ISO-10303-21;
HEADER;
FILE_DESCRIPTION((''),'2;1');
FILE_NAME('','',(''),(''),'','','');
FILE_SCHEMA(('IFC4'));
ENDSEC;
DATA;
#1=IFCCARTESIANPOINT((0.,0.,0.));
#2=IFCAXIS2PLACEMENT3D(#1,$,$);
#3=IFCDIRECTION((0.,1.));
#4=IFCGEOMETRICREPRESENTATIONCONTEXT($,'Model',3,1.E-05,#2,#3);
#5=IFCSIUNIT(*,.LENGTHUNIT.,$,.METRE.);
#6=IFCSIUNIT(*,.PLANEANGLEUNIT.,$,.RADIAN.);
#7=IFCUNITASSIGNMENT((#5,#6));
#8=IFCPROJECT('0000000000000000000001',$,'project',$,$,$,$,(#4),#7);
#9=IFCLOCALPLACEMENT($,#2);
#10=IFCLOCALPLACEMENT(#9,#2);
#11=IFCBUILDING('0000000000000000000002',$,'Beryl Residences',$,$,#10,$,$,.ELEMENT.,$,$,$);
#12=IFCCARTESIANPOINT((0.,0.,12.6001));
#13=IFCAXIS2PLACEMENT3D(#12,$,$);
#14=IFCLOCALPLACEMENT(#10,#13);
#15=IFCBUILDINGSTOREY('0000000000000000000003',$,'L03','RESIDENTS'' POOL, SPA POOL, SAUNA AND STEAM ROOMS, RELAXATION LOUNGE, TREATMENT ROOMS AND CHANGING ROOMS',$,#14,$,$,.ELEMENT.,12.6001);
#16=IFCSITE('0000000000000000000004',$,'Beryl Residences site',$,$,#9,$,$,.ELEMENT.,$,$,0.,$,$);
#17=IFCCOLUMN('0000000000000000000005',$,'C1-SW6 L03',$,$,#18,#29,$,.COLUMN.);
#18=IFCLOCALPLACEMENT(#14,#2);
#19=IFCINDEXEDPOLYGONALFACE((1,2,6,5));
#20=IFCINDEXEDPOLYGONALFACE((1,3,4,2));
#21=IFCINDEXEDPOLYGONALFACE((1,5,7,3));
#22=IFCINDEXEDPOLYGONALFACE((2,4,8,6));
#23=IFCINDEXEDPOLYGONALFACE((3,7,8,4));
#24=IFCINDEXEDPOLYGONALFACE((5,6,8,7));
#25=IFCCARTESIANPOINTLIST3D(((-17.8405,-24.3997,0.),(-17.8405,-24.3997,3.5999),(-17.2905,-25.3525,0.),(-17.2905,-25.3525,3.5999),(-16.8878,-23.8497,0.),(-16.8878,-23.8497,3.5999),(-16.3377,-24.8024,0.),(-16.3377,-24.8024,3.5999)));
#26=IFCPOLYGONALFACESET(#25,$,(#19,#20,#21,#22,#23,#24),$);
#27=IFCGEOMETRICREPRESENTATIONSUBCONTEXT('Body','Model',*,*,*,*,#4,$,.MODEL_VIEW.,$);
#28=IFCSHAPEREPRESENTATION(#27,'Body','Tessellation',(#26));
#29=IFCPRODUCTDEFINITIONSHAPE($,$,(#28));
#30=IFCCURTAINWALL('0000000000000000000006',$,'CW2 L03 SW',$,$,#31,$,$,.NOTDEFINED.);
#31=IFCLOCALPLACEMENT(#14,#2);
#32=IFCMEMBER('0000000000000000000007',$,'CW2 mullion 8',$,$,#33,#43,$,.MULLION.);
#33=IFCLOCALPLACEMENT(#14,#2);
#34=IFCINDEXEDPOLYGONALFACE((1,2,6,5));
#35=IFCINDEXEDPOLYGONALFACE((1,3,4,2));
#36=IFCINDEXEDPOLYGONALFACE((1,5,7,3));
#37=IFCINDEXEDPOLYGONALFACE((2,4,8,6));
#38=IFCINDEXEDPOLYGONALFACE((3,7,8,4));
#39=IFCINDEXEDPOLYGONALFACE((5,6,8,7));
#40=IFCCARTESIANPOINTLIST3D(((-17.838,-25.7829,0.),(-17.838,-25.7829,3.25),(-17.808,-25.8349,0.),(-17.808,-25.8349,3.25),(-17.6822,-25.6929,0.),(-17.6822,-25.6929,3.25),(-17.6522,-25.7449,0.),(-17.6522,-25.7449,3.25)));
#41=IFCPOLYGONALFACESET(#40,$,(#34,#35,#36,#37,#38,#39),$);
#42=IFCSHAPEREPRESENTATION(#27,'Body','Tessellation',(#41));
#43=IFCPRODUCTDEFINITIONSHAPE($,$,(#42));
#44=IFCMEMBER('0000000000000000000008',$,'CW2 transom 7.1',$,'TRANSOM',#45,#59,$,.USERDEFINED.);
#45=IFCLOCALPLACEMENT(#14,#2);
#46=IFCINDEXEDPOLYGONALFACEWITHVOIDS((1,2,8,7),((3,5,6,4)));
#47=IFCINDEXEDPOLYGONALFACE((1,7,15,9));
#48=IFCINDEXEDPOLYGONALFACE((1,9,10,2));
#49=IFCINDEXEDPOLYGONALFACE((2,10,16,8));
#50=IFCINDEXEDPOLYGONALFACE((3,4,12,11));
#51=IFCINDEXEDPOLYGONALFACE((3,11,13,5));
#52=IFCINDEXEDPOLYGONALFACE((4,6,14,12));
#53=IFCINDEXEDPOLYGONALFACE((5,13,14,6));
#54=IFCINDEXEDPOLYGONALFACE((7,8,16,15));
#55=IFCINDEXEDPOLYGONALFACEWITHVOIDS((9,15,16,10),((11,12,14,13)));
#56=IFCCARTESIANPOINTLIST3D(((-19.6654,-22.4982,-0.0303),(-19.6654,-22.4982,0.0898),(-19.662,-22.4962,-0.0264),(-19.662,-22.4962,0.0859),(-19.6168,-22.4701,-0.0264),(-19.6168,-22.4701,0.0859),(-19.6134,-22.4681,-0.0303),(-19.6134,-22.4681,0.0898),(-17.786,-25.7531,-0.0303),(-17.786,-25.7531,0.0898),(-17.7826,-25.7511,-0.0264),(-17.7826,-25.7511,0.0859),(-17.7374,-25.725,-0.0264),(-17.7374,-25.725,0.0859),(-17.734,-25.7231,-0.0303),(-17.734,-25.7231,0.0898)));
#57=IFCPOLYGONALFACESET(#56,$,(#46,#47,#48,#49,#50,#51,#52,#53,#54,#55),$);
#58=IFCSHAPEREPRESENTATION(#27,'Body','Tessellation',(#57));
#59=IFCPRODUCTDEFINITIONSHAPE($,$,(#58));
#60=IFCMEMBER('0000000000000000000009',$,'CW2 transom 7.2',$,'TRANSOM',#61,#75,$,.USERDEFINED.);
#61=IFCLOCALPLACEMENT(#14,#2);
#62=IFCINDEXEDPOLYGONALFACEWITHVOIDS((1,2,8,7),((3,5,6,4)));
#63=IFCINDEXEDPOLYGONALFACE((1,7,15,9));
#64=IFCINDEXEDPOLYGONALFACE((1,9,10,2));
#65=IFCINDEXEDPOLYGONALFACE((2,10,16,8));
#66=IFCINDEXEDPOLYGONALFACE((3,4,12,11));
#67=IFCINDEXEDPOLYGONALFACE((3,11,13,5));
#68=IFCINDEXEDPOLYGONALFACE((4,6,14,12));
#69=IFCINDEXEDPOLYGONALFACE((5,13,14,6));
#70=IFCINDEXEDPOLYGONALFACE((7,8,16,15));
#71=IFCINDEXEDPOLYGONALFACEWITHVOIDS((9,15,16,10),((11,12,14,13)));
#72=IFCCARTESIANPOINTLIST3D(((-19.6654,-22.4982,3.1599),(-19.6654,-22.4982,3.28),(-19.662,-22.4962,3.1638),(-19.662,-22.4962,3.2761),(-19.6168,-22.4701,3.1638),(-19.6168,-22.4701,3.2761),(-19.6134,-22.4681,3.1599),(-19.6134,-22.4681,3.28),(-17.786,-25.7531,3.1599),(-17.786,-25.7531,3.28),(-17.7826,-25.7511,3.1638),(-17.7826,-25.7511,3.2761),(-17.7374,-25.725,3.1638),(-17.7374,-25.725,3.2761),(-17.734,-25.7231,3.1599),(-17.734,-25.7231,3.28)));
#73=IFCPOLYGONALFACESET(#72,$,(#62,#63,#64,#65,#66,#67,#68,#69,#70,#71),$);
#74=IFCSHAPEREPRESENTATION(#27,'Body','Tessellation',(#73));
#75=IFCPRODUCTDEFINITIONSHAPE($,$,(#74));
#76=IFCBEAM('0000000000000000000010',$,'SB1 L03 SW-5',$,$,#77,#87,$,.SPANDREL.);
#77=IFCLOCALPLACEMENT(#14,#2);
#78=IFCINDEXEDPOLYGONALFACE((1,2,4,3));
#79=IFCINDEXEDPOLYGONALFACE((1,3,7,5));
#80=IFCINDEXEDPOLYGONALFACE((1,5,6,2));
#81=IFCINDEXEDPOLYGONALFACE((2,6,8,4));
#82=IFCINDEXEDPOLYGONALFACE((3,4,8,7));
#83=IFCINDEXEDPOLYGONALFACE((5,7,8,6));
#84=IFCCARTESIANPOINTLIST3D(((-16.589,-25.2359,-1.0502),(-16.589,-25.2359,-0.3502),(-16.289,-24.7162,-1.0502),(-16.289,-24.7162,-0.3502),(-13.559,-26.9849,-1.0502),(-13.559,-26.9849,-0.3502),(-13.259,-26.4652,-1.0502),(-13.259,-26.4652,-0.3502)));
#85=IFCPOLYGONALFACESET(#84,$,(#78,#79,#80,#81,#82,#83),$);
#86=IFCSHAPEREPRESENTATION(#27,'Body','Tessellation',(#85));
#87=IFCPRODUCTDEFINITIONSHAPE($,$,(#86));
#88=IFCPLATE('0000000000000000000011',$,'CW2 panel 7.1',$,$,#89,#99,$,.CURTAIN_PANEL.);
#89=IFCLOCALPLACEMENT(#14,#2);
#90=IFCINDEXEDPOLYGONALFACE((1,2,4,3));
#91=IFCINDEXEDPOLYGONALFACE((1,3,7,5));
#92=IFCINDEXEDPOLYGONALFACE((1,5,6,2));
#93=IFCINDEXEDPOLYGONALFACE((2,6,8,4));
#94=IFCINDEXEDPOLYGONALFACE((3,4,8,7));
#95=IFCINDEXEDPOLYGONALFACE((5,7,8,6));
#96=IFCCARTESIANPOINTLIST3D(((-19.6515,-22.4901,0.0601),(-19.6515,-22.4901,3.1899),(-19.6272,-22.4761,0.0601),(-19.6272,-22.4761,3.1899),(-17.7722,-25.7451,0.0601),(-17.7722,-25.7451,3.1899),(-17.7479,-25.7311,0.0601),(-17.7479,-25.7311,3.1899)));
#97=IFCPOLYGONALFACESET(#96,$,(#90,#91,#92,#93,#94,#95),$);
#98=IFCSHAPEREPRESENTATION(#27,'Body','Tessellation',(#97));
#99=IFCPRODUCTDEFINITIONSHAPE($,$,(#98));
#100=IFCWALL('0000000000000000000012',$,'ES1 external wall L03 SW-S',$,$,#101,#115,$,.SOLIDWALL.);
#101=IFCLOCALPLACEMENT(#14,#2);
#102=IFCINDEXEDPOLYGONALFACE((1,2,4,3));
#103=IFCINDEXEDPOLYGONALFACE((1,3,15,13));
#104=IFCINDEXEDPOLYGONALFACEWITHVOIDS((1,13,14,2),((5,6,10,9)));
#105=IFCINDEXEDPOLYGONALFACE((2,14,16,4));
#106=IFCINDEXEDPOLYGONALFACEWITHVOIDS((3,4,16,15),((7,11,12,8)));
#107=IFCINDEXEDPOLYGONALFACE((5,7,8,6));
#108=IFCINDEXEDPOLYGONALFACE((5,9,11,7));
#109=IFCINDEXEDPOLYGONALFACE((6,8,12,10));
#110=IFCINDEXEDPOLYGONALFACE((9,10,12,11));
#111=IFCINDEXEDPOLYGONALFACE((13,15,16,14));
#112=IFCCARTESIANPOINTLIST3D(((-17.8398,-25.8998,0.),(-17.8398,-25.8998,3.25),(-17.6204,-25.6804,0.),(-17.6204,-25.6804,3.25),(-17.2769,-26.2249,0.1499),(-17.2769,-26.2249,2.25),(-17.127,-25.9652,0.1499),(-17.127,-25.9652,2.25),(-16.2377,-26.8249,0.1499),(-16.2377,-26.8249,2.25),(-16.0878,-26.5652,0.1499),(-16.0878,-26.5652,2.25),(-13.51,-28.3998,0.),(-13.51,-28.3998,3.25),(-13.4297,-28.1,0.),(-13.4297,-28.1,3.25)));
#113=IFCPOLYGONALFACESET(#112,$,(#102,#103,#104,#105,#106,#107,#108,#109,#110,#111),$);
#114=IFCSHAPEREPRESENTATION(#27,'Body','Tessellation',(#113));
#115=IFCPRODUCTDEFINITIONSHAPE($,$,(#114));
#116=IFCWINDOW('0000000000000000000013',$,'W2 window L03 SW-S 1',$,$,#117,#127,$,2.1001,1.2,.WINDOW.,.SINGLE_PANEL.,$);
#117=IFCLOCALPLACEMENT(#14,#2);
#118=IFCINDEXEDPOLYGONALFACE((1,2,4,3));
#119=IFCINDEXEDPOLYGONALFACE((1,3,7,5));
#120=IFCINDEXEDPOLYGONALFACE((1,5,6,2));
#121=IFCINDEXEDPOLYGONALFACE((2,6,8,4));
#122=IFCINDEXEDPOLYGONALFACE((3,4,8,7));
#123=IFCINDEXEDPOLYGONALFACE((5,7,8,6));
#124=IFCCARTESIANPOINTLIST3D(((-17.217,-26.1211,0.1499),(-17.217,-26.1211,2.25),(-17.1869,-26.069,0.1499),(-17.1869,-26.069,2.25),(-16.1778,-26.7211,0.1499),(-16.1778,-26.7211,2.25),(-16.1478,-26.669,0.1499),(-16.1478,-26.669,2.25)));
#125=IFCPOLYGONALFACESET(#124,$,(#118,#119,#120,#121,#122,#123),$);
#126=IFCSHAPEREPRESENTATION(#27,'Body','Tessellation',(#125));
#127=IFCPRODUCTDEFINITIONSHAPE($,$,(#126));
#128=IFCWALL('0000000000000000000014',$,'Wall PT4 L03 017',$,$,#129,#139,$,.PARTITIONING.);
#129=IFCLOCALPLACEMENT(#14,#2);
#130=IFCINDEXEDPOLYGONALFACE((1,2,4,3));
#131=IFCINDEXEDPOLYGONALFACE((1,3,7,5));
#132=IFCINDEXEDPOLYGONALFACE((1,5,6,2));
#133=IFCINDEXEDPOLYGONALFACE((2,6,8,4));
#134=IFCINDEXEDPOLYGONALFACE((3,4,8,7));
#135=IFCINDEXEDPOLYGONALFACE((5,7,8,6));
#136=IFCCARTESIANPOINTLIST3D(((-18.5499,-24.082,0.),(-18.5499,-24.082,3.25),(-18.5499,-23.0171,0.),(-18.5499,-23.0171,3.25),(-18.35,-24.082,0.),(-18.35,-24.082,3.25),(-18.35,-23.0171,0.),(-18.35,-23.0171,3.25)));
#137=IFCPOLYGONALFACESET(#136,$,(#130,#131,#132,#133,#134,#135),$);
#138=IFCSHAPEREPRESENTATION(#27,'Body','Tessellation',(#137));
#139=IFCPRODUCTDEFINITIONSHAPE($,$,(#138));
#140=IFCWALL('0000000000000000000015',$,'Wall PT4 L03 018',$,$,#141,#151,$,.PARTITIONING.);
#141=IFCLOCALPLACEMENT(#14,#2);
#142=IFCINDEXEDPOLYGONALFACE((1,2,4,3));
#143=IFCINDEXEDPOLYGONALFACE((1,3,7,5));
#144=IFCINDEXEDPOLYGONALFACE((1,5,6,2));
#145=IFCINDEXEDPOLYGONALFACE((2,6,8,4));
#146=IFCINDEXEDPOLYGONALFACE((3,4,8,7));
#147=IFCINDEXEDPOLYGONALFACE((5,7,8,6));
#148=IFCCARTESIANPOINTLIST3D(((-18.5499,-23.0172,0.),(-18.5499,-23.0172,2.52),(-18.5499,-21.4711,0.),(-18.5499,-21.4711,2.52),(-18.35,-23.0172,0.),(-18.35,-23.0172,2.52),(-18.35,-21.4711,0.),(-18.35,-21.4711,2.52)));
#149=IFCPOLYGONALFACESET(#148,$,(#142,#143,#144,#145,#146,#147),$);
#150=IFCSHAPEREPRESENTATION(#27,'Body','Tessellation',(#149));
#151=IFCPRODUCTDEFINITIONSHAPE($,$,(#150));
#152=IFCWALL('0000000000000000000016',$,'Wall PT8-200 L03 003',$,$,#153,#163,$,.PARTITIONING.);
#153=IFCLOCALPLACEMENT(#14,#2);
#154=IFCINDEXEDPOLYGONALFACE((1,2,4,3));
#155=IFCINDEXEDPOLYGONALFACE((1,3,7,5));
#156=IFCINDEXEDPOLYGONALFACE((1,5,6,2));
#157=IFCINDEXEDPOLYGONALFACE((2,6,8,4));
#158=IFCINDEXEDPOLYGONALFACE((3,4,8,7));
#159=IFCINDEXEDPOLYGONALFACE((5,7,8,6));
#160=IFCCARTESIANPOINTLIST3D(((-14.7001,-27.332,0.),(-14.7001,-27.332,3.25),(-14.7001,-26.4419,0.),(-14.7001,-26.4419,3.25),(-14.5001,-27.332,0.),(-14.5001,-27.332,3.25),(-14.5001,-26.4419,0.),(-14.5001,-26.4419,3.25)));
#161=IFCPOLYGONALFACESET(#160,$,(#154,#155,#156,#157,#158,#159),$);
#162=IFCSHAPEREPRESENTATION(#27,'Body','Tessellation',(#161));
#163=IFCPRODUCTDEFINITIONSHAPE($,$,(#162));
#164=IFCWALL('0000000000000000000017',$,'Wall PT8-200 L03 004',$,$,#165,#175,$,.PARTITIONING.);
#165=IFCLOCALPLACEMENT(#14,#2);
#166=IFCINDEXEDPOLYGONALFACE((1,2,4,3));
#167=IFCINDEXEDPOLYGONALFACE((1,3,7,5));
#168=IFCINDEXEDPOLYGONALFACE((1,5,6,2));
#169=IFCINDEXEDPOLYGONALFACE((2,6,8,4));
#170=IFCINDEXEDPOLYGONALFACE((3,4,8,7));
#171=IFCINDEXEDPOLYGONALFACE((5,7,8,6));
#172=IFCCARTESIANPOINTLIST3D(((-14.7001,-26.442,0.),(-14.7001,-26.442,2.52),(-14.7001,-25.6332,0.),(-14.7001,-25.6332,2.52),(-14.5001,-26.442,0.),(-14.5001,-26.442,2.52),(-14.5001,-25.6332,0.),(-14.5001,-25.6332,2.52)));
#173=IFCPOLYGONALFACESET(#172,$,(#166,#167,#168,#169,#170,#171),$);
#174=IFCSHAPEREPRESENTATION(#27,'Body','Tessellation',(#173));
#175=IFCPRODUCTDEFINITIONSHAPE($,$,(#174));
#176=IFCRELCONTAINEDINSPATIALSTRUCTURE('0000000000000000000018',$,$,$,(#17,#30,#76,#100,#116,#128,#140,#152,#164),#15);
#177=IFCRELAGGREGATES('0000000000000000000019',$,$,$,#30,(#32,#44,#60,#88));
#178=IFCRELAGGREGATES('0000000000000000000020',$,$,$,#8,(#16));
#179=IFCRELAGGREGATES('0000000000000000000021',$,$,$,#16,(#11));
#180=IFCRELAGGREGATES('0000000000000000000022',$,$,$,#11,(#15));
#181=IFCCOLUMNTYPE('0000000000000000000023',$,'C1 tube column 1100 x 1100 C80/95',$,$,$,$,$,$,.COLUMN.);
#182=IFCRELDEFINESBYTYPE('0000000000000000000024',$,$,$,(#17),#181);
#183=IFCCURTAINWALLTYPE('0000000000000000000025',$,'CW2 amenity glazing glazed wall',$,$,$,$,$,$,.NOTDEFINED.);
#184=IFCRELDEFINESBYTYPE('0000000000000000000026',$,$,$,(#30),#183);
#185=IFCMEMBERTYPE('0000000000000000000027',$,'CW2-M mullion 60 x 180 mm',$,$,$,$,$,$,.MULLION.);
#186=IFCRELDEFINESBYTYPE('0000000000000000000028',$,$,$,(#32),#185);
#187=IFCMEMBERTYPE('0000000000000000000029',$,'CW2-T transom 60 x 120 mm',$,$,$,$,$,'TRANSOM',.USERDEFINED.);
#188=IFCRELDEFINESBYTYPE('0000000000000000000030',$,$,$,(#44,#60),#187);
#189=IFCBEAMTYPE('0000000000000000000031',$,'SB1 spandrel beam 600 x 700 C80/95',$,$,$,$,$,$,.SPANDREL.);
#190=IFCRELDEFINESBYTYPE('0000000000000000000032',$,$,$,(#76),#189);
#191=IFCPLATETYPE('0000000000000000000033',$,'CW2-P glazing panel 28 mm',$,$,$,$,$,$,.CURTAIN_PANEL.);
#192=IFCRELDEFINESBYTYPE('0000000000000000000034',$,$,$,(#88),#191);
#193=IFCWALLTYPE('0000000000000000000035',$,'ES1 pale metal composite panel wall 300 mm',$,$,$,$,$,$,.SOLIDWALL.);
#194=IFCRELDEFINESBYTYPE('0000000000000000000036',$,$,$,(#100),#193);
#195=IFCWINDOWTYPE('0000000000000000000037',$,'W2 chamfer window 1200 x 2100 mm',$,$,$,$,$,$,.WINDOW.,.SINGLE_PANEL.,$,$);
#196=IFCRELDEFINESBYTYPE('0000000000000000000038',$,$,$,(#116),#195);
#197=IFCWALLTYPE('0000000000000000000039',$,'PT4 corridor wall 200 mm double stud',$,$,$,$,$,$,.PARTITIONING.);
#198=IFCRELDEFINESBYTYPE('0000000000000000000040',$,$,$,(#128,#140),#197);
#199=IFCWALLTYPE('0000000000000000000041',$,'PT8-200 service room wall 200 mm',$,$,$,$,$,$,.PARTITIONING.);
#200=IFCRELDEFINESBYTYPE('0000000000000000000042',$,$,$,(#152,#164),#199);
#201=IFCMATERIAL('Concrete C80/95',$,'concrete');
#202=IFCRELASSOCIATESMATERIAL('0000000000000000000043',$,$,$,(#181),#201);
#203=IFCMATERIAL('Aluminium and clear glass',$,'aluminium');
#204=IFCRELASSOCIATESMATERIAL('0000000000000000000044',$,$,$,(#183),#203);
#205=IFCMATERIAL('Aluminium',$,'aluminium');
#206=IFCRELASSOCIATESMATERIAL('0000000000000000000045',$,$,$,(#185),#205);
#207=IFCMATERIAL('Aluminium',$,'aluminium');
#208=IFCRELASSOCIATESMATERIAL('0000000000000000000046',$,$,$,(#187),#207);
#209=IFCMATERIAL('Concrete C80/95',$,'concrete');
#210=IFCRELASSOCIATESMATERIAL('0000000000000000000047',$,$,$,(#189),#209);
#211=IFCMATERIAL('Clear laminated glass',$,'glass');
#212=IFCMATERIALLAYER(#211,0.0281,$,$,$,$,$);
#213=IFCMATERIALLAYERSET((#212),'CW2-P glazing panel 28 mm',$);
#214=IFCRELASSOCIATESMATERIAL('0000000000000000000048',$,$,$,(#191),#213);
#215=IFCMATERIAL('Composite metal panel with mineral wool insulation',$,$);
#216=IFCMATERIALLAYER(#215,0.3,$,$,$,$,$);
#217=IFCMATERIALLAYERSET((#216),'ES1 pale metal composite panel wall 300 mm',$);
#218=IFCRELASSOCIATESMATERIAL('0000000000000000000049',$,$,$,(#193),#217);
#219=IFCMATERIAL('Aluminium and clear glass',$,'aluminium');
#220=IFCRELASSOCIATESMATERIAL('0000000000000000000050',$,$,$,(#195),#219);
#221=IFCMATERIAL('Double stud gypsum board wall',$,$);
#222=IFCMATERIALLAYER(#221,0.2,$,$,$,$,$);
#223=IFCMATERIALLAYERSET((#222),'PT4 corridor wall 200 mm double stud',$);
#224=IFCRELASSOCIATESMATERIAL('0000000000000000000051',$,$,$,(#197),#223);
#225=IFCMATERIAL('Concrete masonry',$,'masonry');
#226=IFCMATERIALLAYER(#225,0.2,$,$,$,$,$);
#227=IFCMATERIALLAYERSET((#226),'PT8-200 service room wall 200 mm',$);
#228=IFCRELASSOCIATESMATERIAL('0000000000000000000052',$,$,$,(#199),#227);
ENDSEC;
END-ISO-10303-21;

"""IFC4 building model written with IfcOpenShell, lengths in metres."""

from ifc_helpers import new_model, si_unit, direction, frame, frame_2d, origin, origin_2d, place, context, subcontext, project, spatial, polyline, rectangle, hollow_rectangle, outline, extrude, material, layer, layer_set, material_profile, profile_set, type_object, element, fill, aggregate, save


model = new_model("IFC4")

# Units and contexts
model_context = context("Model", 3, precision=1e-05, world=origin(), true_north=direction((0.0, 1.0)))
body_context = subcontext(model_context, "Body", "Model", "MODEL_VIEW")
ifc_project = project(units=[si_unit("LENGTHUNIT", "METRE"), si_unit("PLANEANGLEUNIT", "RADIAN")], contexts=[model_context])

# Site, building, storey
site_placement = place(None, origin())
site = spatial("IfcSite", under=ifc_project, at=site_placement, Name="Beryl Residences site", CompositionType="ELEMENT", RefElevation=0.0)
building_placement = place(site_placement, origin())
building = spatial("IfcBuilding", under=site, at=building_placement, Name="Beryl Residences", CompositionType="ELEMENT")
storey_placement = place(building_placement, frame((0.0, 0.0, 12.6001)))
storey = spatial("IfcBuildingStorey", under=building, at=storey_placement, Name="L03", Description="RESIDENTS' POOL, SPA POOL, SAUNA AND STEAM ROOMS, RELAXATION LOUNGE, TREATMENT ROOMS AND CHANGING ROOMS", CompositionType="ELEMENT", Elevation=12.6001)

# Column
ifc_material_1 = material(Name="Concrete C80/95", Category="concrete")
ifc_material_profile_1 = material_profile(ifc_material_1, rectangle(XDim=1.1001, YDim=1.1001, at=origin_2d()))
ifc_profile_set_1 = profile_set([ifc_material_profile_1], Name="Concrete C80/95")
column_type = type_object("IfcColumnType", Name="C1 tube column 1100 x 1100 C80/95", PredefinedType="COLUMN", material=ifc_profile_set_1)
column_placement = place(storey_placement, frame((-17.0891, -24.6011, 0.0), z_axis=(0.0, 0.0, 1.0), x_axis=(0.499985, -0.866034, 0.0)))
element("IfcColumn", 1, at=column_placement, inside=storey, type_object=column_type, Name="C1-SW6 L03", PredefinedType="COLUMN", context=body_context, shape_type="SweptSolid", body=[
    extrude(rectangle(XDim=1.1001, YDim=1.1001, at=origin_2d()), origin(), (0.0, 0.0, 1.0), 3.5999),
])

# Curtain wall, members
ifc_material_2 = material(Name="Aluminium and clear glass", Category="aluminium")
curtain_wall_type = type_object("IfcCurtainWallType", Name="CW2 amenity glazing glazed wall", PredefinedType="NOTDEFINED", material=ifc_material_2)
curtain_wall_placement = place(storey_placement, origin())
curtain_wall = element("IfcCurtainWall", 2, at=curtain_wall_placement, inside=storey, type_object=curtain_wall_type, Name="CW2 L03 SW", PredefinedType="NOTDEFINED")
ifc_material_3 = material(Name="Aluminium", Category="aluminium")
ifc_material_profile_2 = material_profile(ifc_material_3, rectangle(XDim=0.0601, YDim=0.1799, at=origin_2d()))
ifc_profile_set_2 = profile_set([ifc_material_profile_2], Name="Aluminium")
member_type_1 = type_object("IfcMemberType", Name="CW2-M mullion 60 x 180 mm", PredefinedType="MULLION", material=ifc_profile_set_2)
member_1_placement = place(storey_placement, frame((-17.7451, -25.7639, 0.0), z_axis=(0.0, 0.0, 1.0), x_axis=(0.500012, -0.866019, 0.0)))
member_1 = element("IfcMember", 3, at=member_1_placement, type_object=member_type_1, Name="CW2 mullion 8", PredefinedType="MULLION", context=body_context, shape_type="SweptSolid", body=[
    extrude(rectangle(XDim=0.0601, YDim=0.1799, at=origin_2d()), origin(), (0.0, 0.0, 1.0), 3.25),
])
ifc_material_4 = material(Name="Aluminium", Category="aluminium")
ifc_material_profile_3 = material_profile(ifc_material_4, hollow_rectangle(XDim=0.0601, YDim=0.1201, WallThickness=0.0039, at=origin_2d()))
ifc_profile_set_3 = profile_set([ifc_material_profile_3], Name="Aluminium")
member_type_2 = type_object("IfcMemberType", Name="CW2-T transom 60 x 120 mm", ElementType="TRANSOM", PredefinedType="USERDEFINED", material=ifc_profile_set_3)
member_2_placement = place(storey_placement, frame((-19.6394, -22.4832, 0.0298), z_axis=(0.500037, -0.866004, 0.0), x_axis=(0.866004, 0.500037, 0.0)))
member_2 = element("IfcMember", 4, at=member_2_placement, type_object=member_type_2, Name="CW2 transom 7.1", ObjectType="TRANSOM", PredefinedType="USERDEFINED", context=body_context, shape_type="SweptSolid", body=[
    extrude(hollow_rectangle(XDim=0.0601, YDim=0.1201, WallThickness=0.0039, at=origin_2d()), origin(), (0.0, 0.0, 1.0), 3.7585),
])
member_3_placement = place(storey_placement, frame((-19.6394, -22.4832, 3.22), z_axis=(0.500037, -0.866004, 0.0), x_axis=(0.866004, 0.500037, 0.0)))
member_3 = element("IfcMember", 5, at=member_3_placement, type_object=member_type_2, Name="CW2 transom 7.2", ObjectType="TRANSOM", PredefinedType="USERDEFINED", context=body_context, shape_type="SweptSolid", body=[
    extrude(hollow_rectangle(XDim=0.0601, YDim=0.1201, WallThickness=0.0039, at=origin_2d()), origin(), (0.0, 0.0, 1.0), 3.7585),
])

# Beam
ifc_material_5 = material(Name="Concrete C80/95", Category="concrete")
ifc_material_profile_4 = material_profile(ifc_material_5, rectangle(XDim=0.6001, YDim=0.7, at=origin_2d()))
ifc_profile_set_4 = profile_set([ifc_material_profile_4], Name="Concrete C80/95")
beam_type = type_object("IfcBeamType", Name="SB1 spandrel beam 600 x 700 C80/95", PredefinedType="SPANDREL", material=ifc_profile_set_4)
beam_placement = place(storey_placement, frame((-16.439, -24.9761, -0.7002), z_axis=(0.866071, -0.499922, 0.0), x_axis=(0.499922, 0.866071, 0.0)))
element("IfcBeam", 6, at=beam_placement, inside=storey, type_object=beam_type, Name="SB1 L03 SW-5", PredefinedType="SPANDREL", context=body_context, shape_type="SweptSolid", body=[
    extrude(rectangle(XDim=0.6001, YDim=0.7, at=origin_2d()), origin(), (0.0, 0.0, 1.0), 3.4985),
])

# Plate
ifc_material_6 = material(Name="Clear laminated glass", Category="glass")
ifc_layer_1 = layer(ifc_material_6, 0.0281)
ifc_layer_set_1 = layer_set([ifc_layer_1], Name="CW2-P glazing panel 28 mm")
plate_type = type_object("IfcPlateType", Name="CW2-P glazing panel 28 mm", PredefinedType="CURTAIN_PANEL", material=ifc_layer_set_1)
plate_placement = place(storey_placement, frame((-18.6997, -24.1106, 0.0601), z_axis=(0.0, 0.0, 1.0), x_axis=(0.500012, -0.866019, 0.0)))
plate = element("IfcPlate", 7, at=plate_placement, type_object=plate_type, Name="CW2 panel 7.1", PredefinedType="CURTAIN_PANEL", context=body_context, shape_type="SweptSolid", body=[
    extrude(rectangle(XDim=3.7585, YDim=0.0281, at=origin_2d()), origin(), (0.0, 0.0, 1.0), 3.1299),
])
aggregate(curtain_wall, [member_1, member_2, member_3, plate])

# Wall, opening, window
ifc_material_7 = material(Name="Composite metal panel with mineral wool insulation")
ifc_layer_2 = layer(ifc_material_7, 0.3)
ifc_layer_set_2 = layer_set([ifc_layer_2], Name="ES1 pale metal composite panel wall 300 mm")
wall_type_1 = type_object("IfcWallType", Name="ES1 pale metal composite panel wall 300 mm", PredefinedType="SOLIDWALL", material=ifc_layer_set_2)
wall_1_placement = place(storey_placement, frame((-17.7649, -25.77, 0.0), z_axis=(0.0, 0.0, 1.0), x_axis=(0.866011, -0.500025, 0.0)))
wall_1 = element("IfcWall", 8, at=wall_1_placement, inside=storey, type_object=wall_type_1, Name="ES1 external wall L03 SW-S", PredefinedType="SOLIDWALL", context=body_context, shape_type="SweptSolid", body=[
    extrude(outline(polyline([(0.0, -0.1499), (4.9998, -0.1499), (4.9194, 0.1499), (0.0803, 0.1499), (0.0, -0.1499)])), origin(), (0.0, 0.0, 1.0), 3.25),
])
opening_placement = place(wall_1_placement, frame((0.6499, 0.0, 0.1499)))
opening = element("IfcOpeningElement", 9, at=opening_placement, cuts=wall_1, PredefinedType="OPENING", context=body_context, shape_type="SweptSolid", body=[
    extrude(rectangle(XDim=1.2, YDim=2.1001, at=frame_2d((0.6001, 1.05))), frame((0.0, 0.1599, 0.0), z_axis=(0.0, -1.0, 0.0), x_axis=(1.0, 0.0, 0.0)), (0.0, 0.0, 1.0), 0.3201),
])
ifc_material_8 = material(Name="Aluminium and clear glass", Category="aluminium")
window_type = type_object("IfcWindowType", Name="W2 chamfer window 1200 x 2100 mm", PartitioningType="SINGLE_PANEL", PredefinedType="WINDOW", material=ifc_material_8)
window_placement = place(opening_placement, origin())
window = element("IfcWindow", 10, at=window_placement, inside=storey, type_object=window_type, Name="W2 window L03 SW-S 1", OverallHeight=2.1001, OverallWidth=1.2, PartitioningType="SINGLE_PANEL", PredefinedType="WINDOW", context=body_context, shape_type="SweptSolid", body=[
    extrude(rectangle(XDim=1.2, YDim=2.1001, at=frame_2d((0.6001, 1.05))), frame((0.0, 0.03, 0.0), z_axis=(0.0, -1.0, 0.0), x_axis=(1.0, 0.0, 0.0)), (0.0, 0.0, 1.0), 0.0601),
])
fill(opening, window)

# Walls
ifc_material_9 = material(Name="Double stud gypsum board wall")
ifc_layer_3 = layer(ifc_material_9, 0.2)
ifc_layer_set_3 = layer_set([ifc_layer_3], Name="PT4 corridor wall 200 mm double stud")
wall_type_2 = type_object("IfcWallType", Name="PT4 corridor wall 200 mm double stud", PredefinedType="PARTITIONING", material=ifc_layer_set_3)
wall_2_placement = place(storey_placement, frame((-18.45, -24.082, 0.0), z_axis=(0.0, 0.0, 1.0), x_axis=(0.0, 1.0, 0.0)))
element("IfcWall", 11, at=wall_2_placement, inside=storey, type_object=wall_type_2, Name="Wall PT4 L03 017", PredefinedType="PARTITIONING", context=body_context, shape_type="SweptSolid", body=[
    extrude(rectangle(XDim=1.0649, YDim=0.2, at=frame_2d((0.5325, 0.0))), origin(), (0.0, 0.0, 1.0), 3.25),
])
wall_3_placement = place(storey_placement, frame((-18.45, -23.0171, 0.0), z_axis=(0.0, 0.0, 1.0), x_axis=(0.0, 1.0, 0.0)))
element("IfcWall", 12, at=wall_3_placement, inside=storey, type_object=wall_type_2, Name="Wall PT4 L03 018", PredefinedType="PARTITIONING", context=body_context, shape_type="SweptSolid", body=[
    extrude(rectangle(XDim=1.5461, YDim=0.2, at=frame_2d((0.7729, 0.0))), origin(), (0.0, 0.0, 1.0), 2.52),
])
ifc_material_10 = material(Name="Concrete masonry", Category="masonry")
ifc_layer_4 = layer(ifc_material_10, 0.2)
ifc_layer_set_4 = layer_set([ifc_layer_4], Name="PT8-200 service room wall 200 mm")
wall_type_3 = type_object("IfcWallType", Name="PT8-200 service room wall 200 mm", PredefinedType="PARTITIONING", material=ifc_layer_set_4)
wall_4_placement = place(storey_placement, frame((-14.6001, -27.332, 0.0), z_axis=(0.0, 0.0, 1.0), x_axis=(0.0, 1.0, 0.0)))
element("IfcWall", 13, at=wall_4_placement, inside=storey, type_object=wall_type_3, Name="Wall PT8-200 L03 003", PredefinedType="PARTITIONING", context=body_context, shape_type="SweptSolid", body=[
    extrude(rectangle(XDim=0.8901, YDim=0.2, at=frame_2d((0.4451, 0.0))), origin(), (0.0, 0.0, 1.0), 3.25),
])
wall_5_placement = place(storey_placement, frame((-14.6001, -26.4419, 0.0), z_axis=(0.0, 0.0, 1.0), x_axis=(0.0, 1.0, 0.0)))
element("IfcWall", 14, at=wall_5_placement, inside=storey, type_object=wall_type_3, Name="Wall PT8-200 L03 004", PredefinedType="PARTITIONING", context=body_context, shape_type="SweptSolid", body=[
    extrude(rectangle(XDim=0.8088, YDim=0.2, at=frame_2d((0.4043, 0.0))), origin(), (0.0, 0.0, 1.0), 2.52),
])

save(model, "model.ifc")
